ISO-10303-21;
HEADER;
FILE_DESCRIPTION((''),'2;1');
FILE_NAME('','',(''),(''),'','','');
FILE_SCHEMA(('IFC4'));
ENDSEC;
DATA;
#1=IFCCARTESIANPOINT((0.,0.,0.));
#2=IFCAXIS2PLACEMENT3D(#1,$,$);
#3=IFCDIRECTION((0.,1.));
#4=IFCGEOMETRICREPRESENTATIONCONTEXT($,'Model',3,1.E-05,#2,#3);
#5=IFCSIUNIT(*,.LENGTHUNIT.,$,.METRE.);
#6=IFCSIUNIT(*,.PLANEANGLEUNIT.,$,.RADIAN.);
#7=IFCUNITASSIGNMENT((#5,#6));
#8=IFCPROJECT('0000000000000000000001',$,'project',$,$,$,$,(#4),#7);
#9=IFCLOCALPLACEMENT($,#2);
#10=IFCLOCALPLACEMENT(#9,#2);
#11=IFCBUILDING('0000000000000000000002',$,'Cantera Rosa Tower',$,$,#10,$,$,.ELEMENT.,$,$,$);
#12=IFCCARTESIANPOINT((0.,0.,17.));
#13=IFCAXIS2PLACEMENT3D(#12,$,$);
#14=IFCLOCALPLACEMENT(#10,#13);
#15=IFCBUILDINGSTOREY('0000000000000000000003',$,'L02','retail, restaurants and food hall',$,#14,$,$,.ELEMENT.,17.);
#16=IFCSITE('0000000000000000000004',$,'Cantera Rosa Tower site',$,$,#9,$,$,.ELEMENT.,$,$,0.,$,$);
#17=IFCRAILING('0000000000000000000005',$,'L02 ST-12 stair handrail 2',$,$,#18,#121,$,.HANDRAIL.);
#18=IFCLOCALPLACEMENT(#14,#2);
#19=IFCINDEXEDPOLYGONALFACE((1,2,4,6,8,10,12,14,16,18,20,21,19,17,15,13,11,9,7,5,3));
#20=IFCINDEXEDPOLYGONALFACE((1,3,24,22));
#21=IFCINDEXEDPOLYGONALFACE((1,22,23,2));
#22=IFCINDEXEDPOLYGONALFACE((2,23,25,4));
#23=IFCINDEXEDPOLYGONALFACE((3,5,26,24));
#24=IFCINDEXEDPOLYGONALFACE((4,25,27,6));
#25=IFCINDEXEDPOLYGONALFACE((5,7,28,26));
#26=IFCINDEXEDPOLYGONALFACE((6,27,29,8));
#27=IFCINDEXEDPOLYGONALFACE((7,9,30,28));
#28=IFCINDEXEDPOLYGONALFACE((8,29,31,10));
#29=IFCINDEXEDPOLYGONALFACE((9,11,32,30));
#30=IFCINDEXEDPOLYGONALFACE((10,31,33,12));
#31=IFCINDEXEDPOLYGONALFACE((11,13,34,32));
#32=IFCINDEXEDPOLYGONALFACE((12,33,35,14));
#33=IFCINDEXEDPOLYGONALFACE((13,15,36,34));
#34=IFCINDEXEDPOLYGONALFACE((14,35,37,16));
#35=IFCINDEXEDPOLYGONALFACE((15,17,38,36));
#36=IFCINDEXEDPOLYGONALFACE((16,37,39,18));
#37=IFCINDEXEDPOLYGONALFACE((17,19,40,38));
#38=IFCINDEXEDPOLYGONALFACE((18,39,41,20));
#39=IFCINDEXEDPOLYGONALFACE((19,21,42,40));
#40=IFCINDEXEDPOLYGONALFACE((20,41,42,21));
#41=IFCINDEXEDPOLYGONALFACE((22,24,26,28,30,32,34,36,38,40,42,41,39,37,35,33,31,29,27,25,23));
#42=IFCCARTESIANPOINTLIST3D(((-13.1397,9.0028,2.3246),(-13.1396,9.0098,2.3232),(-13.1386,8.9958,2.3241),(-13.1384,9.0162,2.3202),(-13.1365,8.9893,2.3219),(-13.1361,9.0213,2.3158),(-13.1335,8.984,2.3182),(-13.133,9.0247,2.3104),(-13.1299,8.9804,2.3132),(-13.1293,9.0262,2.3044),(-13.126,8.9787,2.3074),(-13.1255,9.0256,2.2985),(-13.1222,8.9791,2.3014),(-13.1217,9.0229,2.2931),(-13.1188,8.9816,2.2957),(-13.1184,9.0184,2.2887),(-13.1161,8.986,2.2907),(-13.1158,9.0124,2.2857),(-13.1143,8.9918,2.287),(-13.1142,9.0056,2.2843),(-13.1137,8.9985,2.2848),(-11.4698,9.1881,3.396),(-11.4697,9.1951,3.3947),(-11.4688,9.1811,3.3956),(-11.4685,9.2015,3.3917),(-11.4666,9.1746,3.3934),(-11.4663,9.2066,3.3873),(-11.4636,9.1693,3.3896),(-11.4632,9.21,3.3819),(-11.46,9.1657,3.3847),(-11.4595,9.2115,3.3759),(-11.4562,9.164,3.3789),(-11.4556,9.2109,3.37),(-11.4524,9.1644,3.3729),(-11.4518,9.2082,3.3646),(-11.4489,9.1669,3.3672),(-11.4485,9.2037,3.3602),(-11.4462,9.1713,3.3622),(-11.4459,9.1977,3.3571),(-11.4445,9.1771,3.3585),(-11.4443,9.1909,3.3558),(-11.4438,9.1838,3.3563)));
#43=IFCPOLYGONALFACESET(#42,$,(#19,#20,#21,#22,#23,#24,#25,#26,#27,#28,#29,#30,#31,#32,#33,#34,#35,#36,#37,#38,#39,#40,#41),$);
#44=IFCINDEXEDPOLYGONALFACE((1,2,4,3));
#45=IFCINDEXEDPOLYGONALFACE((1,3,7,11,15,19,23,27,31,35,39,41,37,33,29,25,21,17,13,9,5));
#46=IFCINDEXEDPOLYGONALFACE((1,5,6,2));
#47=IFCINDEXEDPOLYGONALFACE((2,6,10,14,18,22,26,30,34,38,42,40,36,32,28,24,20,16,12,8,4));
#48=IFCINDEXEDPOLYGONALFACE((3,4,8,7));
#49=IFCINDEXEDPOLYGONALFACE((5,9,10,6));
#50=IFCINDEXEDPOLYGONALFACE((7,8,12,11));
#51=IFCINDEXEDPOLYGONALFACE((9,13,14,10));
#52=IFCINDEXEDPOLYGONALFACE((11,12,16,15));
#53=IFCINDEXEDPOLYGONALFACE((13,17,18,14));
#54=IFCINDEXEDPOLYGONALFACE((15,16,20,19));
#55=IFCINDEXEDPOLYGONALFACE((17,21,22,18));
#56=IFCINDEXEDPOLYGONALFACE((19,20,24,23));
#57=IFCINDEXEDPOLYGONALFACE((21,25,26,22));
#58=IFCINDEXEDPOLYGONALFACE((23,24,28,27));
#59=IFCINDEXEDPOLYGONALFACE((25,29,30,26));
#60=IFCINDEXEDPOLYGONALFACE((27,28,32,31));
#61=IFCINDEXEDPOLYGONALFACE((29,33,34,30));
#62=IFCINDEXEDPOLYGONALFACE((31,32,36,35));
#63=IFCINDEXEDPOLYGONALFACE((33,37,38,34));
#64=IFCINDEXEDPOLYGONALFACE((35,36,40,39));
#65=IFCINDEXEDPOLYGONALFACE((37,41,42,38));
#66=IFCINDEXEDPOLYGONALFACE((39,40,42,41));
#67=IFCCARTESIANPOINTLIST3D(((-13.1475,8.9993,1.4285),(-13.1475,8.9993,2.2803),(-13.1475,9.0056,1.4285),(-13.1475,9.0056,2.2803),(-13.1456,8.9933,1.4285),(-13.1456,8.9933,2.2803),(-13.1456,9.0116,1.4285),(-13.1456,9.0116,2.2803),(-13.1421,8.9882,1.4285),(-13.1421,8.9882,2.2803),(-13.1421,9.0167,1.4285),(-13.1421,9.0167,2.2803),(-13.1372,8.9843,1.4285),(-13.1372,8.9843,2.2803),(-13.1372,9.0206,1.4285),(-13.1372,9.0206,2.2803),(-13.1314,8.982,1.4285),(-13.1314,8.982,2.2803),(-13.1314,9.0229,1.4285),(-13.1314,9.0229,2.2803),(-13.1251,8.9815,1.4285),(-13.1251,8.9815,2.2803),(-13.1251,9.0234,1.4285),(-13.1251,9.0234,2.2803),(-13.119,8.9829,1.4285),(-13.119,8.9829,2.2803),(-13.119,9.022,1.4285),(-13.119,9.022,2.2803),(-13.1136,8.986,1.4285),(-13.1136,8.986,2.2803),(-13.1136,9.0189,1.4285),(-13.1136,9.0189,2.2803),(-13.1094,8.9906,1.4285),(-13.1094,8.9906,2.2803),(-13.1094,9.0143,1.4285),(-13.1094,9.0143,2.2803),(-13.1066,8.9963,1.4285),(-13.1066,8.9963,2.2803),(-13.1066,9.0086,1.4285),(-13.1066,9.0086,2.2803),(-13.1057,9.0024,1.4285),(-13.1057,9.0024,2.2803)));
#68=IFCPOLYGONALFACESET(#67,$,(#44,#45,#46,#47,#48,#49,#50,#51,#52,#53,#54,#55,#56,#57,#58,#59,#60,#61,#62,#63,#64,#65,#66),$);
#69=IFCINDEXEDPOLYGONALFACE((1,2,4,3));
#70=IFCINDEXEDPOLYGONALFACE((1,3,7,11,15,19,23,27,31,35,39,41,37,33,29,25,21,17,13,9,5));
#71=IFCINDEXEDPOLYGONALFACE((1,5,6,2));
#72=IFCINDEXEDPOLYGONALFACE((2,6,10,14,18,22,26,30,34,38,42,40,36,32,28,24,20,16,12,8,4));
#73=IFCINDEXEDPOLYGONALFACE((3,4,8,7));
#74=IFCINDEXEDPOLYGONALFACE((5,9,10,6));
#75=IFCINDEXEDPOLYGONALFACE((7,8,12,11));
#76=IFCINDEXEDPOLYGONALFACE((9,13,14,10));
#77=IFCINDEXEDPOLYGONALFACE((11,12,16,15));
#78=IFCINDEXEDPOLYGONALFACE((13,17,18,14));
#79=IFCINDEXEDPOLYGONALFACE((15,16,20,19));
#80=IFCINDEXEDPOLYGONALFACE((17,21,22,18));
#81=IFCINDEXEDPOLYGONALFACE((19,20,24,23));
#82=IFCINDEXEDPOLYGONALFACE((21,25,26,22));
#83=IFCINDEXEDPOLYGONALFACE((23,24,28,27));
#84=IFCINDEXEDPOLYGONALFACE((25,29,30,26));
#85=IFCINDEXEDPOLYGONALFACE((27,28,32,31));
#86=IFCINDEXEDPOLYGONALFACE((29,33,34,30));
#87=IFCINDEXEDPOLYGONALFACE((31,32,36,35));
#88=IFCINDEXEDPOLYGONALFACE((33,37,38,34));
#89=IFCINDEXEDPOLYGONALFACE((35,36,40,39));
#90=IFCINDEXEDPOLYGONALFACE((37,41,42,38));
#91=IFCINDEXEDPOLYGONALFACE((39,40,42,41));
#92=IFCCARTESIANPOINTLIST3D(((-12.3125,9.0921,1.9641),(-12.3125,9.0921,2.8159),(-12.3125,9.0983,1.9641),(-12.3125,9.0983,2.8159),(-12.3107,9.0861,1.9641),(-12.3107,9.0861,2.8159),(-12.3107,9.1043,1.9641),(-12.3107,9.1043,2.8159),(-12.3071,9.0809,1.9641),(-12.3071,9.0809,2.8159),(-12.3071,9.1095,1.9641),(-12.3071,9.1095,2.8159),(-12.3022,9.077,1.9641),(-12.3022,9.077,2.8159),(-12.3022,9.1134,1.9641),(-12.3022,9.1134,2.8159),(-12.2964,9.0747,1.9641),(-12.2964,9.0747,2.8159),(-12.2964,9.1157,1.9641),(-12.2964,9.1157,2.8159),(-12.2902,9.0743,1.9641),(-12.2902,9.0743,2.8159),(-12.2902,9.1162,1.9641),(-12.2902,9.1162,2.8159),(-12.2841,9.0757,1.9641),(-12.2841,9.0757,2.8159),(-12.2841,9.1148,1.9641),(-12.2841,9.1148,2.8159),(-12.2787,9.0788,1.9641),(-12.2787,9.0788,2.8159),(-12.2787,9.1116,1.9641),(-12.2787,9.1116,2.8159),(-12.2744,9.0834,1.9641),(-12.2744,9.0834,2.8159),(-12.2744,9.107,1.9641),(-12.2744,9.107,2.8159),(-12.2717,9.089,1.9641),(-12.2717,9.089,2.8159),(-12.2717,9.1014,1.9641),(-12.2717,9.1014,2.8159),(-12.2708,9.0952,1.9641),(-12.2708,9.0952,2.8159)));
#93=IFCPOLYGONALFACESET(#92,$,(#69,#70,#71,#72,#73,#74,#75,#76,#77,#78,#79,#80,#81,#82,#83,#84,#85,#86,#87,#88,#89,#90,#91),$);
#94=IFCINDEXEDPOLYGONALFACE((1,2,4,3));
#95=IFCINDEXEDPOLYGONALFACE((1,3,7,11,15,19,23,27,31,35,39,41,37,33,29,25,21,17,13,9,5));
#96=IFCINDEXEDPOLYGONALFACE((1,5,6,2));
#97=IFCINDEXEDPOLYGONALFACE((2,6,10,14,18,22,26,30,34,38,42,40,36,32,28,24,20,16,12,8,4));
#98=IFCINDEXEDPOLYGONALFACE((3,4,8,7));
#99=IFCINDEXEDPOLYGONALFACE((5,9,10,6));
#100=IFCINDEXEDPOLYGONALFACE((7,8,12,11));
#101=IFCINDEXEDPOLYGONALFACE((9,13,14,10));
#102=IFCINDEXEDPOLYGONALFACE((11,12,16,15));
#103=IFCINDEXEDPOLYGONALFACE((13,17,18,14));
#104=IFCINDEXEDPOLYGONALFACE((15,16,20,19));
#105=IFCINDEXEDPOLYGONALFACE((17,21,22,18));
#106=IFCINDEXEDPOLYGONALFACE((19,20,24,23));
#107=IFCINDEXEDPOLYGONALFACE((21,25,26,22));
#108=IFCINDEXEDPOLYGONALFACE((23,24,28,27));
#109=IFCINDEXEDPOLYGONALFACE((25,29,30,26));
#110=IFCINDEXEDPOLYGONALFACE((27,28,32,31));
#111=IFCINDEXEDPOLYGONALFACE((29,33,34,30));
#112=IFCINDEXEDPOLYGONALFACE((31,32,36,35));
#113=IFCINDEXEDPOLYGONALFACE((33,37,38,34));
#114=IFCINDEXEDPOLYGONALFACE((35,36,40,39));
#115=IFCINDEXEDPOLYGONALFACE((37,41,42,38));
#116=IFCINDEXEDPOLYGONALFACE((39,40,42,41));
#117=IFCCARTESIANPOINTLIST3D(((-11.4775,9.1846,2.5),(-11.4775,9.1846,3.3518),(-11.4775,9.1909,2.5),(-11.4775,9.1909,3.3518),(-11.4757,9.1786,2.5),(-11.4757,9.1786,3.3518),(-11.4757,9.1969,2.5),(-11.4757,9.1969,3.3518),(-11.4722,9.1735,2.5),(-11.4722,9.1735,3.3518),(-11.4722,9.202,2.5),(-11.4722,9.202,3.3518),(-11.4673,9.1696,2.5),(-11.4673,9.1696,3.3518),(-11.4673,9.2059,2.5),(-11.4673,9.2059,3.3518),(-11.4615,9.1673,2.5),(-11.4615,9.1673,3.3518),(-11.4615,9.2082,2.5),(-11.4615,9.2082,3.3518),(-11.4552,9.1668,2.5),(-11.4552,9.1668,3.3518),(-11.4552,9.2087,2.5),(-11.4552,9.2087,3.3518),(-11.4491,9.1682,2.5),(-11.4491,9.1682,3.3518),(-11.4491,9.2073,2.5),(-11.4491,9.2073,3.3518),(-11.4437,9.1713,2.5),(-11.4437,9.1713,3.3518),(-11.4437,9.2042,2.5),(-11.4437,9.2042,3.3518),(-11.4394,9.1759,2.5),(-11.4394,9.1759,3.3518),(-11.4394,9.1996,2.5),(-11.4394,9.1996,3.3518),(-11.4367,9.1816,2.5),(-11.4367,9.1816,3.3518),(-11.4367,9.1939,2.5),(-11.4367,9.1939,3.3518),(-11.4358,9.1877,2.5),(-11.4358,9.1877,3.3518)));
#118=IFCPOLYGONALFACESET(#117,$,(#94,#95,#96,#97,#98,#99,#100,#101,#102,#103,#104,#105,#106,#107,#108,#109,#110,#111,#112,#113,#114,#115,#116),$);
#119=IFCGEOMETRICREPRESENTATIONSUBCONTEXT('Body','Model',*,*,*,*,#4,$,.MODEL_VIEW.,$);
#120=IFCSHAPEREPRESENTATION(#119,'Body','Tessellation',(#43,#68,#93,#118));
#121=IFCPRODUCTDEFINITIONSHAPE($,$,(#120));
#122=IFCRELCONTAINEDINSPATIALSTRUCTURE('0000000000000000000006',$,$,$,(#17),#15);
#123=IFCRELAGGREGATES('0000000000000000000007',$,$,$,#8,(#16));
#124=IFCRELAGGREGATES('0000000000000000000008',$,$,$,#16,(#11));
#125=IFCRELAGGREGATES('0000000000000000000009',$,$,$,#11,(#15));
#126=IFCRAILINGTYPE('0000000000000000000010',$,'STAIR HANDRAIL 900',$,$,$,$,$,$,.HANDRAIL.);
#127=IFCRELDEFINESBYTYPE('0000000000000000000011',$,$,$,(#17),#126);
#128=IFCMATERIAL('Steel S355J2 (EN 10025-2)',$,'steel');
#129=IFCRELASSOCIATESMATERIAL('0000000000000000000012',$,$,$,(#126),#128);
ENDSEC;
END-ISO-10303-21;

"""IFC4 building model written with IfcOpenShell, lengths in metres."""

from ifc_helpers import new_model, si_unit, direction, frame, origin, origin_2d, place, context, subcontext, project, spatial, circle, extrude, material, type_object, element, save


model = new_model("IFC4")

# Units and contexts
model_context = context("Model", 3, precision=1e-05, world=origin(), true_north=direction((0.0, 1.0)))
body_context = subcontext(model_context, "Body", "Model", "MODEL_VIEW")
ifc_project = project(units=[si_unit("LENGTHUNIT", "METRE"), si_unit("PLANEANGLEUNIT", "RADIAN")], contexts=[model_context])

# Site, building, storey
site_placement = place(None, origin())
site = spatial("IfcSite", under=ifc_project, at=site_placement, Name="Cantera Rosa Tower site", CompositionType="ELEMENT", RefElevation=0.0)
building_placement = place(site_placement, origin())
building = spatial("IfcBuilding", under=site, at=building_placement, Name="Cantera Rosa Tower", CompositionType="ELEMENT")
storey_placement = place(building_placement, frame((0.0, 0.0, 17.0)))
storey = spatial("IfcBuildingStorey", under=building, at=storey_placement, Name="L02", Description="retail, restaurants and food hall", CompositionType="ELEMENT", Elevation=17.0)

# Railing
ifc_material_1 = material(Name="Steel S355J2 (EN 10025-2)", Category="steel")
railing_type = type_object("IfcRailingType", Name="STAIR HANDRAIL 900", PredefinedType="HANDRAIL", material=ifc_material_1)
railing_placement = place(storey_placement, frame((-13.1267, 9.0024, 1.4285)))
element("IfcRailing", 1, at=railing_placement, inside=storey, type_object=railing_type, Name="L02 ST-12 stair handrail 2", PredefinedType="HANDRAIL", context=body_context, shape_type="SweptSolid", body=[
    extrude(circle(Radius=0.0239, at=origin_2d()), frame((0.0, 0.0, 0.876), z_axis=(0.837987, 0.092987, 0.537709), x_axis=(-0.110288, 0.9939, 0.0)), (0.0, 0.0, 1.0), 1.9927),
    extrude(circle(Radius=0.021, at=origin_2d()), origin(), (0.0, 0.0, 1.0), 0.8518),
    extrude(circle(Radius=0.021, at=origin_2d()), frame((0.835, 0.0928, 0.5356)), (0.0, 0.0, 1.0), 0.8518),
    extrude(circle(Radius=0.021, at=origin_2d()), frame((1.6699, 0.1853, 1.0715)), (0.0, 0.0, 1.0), 0.8518),
])

save(model, "model.ifc")
